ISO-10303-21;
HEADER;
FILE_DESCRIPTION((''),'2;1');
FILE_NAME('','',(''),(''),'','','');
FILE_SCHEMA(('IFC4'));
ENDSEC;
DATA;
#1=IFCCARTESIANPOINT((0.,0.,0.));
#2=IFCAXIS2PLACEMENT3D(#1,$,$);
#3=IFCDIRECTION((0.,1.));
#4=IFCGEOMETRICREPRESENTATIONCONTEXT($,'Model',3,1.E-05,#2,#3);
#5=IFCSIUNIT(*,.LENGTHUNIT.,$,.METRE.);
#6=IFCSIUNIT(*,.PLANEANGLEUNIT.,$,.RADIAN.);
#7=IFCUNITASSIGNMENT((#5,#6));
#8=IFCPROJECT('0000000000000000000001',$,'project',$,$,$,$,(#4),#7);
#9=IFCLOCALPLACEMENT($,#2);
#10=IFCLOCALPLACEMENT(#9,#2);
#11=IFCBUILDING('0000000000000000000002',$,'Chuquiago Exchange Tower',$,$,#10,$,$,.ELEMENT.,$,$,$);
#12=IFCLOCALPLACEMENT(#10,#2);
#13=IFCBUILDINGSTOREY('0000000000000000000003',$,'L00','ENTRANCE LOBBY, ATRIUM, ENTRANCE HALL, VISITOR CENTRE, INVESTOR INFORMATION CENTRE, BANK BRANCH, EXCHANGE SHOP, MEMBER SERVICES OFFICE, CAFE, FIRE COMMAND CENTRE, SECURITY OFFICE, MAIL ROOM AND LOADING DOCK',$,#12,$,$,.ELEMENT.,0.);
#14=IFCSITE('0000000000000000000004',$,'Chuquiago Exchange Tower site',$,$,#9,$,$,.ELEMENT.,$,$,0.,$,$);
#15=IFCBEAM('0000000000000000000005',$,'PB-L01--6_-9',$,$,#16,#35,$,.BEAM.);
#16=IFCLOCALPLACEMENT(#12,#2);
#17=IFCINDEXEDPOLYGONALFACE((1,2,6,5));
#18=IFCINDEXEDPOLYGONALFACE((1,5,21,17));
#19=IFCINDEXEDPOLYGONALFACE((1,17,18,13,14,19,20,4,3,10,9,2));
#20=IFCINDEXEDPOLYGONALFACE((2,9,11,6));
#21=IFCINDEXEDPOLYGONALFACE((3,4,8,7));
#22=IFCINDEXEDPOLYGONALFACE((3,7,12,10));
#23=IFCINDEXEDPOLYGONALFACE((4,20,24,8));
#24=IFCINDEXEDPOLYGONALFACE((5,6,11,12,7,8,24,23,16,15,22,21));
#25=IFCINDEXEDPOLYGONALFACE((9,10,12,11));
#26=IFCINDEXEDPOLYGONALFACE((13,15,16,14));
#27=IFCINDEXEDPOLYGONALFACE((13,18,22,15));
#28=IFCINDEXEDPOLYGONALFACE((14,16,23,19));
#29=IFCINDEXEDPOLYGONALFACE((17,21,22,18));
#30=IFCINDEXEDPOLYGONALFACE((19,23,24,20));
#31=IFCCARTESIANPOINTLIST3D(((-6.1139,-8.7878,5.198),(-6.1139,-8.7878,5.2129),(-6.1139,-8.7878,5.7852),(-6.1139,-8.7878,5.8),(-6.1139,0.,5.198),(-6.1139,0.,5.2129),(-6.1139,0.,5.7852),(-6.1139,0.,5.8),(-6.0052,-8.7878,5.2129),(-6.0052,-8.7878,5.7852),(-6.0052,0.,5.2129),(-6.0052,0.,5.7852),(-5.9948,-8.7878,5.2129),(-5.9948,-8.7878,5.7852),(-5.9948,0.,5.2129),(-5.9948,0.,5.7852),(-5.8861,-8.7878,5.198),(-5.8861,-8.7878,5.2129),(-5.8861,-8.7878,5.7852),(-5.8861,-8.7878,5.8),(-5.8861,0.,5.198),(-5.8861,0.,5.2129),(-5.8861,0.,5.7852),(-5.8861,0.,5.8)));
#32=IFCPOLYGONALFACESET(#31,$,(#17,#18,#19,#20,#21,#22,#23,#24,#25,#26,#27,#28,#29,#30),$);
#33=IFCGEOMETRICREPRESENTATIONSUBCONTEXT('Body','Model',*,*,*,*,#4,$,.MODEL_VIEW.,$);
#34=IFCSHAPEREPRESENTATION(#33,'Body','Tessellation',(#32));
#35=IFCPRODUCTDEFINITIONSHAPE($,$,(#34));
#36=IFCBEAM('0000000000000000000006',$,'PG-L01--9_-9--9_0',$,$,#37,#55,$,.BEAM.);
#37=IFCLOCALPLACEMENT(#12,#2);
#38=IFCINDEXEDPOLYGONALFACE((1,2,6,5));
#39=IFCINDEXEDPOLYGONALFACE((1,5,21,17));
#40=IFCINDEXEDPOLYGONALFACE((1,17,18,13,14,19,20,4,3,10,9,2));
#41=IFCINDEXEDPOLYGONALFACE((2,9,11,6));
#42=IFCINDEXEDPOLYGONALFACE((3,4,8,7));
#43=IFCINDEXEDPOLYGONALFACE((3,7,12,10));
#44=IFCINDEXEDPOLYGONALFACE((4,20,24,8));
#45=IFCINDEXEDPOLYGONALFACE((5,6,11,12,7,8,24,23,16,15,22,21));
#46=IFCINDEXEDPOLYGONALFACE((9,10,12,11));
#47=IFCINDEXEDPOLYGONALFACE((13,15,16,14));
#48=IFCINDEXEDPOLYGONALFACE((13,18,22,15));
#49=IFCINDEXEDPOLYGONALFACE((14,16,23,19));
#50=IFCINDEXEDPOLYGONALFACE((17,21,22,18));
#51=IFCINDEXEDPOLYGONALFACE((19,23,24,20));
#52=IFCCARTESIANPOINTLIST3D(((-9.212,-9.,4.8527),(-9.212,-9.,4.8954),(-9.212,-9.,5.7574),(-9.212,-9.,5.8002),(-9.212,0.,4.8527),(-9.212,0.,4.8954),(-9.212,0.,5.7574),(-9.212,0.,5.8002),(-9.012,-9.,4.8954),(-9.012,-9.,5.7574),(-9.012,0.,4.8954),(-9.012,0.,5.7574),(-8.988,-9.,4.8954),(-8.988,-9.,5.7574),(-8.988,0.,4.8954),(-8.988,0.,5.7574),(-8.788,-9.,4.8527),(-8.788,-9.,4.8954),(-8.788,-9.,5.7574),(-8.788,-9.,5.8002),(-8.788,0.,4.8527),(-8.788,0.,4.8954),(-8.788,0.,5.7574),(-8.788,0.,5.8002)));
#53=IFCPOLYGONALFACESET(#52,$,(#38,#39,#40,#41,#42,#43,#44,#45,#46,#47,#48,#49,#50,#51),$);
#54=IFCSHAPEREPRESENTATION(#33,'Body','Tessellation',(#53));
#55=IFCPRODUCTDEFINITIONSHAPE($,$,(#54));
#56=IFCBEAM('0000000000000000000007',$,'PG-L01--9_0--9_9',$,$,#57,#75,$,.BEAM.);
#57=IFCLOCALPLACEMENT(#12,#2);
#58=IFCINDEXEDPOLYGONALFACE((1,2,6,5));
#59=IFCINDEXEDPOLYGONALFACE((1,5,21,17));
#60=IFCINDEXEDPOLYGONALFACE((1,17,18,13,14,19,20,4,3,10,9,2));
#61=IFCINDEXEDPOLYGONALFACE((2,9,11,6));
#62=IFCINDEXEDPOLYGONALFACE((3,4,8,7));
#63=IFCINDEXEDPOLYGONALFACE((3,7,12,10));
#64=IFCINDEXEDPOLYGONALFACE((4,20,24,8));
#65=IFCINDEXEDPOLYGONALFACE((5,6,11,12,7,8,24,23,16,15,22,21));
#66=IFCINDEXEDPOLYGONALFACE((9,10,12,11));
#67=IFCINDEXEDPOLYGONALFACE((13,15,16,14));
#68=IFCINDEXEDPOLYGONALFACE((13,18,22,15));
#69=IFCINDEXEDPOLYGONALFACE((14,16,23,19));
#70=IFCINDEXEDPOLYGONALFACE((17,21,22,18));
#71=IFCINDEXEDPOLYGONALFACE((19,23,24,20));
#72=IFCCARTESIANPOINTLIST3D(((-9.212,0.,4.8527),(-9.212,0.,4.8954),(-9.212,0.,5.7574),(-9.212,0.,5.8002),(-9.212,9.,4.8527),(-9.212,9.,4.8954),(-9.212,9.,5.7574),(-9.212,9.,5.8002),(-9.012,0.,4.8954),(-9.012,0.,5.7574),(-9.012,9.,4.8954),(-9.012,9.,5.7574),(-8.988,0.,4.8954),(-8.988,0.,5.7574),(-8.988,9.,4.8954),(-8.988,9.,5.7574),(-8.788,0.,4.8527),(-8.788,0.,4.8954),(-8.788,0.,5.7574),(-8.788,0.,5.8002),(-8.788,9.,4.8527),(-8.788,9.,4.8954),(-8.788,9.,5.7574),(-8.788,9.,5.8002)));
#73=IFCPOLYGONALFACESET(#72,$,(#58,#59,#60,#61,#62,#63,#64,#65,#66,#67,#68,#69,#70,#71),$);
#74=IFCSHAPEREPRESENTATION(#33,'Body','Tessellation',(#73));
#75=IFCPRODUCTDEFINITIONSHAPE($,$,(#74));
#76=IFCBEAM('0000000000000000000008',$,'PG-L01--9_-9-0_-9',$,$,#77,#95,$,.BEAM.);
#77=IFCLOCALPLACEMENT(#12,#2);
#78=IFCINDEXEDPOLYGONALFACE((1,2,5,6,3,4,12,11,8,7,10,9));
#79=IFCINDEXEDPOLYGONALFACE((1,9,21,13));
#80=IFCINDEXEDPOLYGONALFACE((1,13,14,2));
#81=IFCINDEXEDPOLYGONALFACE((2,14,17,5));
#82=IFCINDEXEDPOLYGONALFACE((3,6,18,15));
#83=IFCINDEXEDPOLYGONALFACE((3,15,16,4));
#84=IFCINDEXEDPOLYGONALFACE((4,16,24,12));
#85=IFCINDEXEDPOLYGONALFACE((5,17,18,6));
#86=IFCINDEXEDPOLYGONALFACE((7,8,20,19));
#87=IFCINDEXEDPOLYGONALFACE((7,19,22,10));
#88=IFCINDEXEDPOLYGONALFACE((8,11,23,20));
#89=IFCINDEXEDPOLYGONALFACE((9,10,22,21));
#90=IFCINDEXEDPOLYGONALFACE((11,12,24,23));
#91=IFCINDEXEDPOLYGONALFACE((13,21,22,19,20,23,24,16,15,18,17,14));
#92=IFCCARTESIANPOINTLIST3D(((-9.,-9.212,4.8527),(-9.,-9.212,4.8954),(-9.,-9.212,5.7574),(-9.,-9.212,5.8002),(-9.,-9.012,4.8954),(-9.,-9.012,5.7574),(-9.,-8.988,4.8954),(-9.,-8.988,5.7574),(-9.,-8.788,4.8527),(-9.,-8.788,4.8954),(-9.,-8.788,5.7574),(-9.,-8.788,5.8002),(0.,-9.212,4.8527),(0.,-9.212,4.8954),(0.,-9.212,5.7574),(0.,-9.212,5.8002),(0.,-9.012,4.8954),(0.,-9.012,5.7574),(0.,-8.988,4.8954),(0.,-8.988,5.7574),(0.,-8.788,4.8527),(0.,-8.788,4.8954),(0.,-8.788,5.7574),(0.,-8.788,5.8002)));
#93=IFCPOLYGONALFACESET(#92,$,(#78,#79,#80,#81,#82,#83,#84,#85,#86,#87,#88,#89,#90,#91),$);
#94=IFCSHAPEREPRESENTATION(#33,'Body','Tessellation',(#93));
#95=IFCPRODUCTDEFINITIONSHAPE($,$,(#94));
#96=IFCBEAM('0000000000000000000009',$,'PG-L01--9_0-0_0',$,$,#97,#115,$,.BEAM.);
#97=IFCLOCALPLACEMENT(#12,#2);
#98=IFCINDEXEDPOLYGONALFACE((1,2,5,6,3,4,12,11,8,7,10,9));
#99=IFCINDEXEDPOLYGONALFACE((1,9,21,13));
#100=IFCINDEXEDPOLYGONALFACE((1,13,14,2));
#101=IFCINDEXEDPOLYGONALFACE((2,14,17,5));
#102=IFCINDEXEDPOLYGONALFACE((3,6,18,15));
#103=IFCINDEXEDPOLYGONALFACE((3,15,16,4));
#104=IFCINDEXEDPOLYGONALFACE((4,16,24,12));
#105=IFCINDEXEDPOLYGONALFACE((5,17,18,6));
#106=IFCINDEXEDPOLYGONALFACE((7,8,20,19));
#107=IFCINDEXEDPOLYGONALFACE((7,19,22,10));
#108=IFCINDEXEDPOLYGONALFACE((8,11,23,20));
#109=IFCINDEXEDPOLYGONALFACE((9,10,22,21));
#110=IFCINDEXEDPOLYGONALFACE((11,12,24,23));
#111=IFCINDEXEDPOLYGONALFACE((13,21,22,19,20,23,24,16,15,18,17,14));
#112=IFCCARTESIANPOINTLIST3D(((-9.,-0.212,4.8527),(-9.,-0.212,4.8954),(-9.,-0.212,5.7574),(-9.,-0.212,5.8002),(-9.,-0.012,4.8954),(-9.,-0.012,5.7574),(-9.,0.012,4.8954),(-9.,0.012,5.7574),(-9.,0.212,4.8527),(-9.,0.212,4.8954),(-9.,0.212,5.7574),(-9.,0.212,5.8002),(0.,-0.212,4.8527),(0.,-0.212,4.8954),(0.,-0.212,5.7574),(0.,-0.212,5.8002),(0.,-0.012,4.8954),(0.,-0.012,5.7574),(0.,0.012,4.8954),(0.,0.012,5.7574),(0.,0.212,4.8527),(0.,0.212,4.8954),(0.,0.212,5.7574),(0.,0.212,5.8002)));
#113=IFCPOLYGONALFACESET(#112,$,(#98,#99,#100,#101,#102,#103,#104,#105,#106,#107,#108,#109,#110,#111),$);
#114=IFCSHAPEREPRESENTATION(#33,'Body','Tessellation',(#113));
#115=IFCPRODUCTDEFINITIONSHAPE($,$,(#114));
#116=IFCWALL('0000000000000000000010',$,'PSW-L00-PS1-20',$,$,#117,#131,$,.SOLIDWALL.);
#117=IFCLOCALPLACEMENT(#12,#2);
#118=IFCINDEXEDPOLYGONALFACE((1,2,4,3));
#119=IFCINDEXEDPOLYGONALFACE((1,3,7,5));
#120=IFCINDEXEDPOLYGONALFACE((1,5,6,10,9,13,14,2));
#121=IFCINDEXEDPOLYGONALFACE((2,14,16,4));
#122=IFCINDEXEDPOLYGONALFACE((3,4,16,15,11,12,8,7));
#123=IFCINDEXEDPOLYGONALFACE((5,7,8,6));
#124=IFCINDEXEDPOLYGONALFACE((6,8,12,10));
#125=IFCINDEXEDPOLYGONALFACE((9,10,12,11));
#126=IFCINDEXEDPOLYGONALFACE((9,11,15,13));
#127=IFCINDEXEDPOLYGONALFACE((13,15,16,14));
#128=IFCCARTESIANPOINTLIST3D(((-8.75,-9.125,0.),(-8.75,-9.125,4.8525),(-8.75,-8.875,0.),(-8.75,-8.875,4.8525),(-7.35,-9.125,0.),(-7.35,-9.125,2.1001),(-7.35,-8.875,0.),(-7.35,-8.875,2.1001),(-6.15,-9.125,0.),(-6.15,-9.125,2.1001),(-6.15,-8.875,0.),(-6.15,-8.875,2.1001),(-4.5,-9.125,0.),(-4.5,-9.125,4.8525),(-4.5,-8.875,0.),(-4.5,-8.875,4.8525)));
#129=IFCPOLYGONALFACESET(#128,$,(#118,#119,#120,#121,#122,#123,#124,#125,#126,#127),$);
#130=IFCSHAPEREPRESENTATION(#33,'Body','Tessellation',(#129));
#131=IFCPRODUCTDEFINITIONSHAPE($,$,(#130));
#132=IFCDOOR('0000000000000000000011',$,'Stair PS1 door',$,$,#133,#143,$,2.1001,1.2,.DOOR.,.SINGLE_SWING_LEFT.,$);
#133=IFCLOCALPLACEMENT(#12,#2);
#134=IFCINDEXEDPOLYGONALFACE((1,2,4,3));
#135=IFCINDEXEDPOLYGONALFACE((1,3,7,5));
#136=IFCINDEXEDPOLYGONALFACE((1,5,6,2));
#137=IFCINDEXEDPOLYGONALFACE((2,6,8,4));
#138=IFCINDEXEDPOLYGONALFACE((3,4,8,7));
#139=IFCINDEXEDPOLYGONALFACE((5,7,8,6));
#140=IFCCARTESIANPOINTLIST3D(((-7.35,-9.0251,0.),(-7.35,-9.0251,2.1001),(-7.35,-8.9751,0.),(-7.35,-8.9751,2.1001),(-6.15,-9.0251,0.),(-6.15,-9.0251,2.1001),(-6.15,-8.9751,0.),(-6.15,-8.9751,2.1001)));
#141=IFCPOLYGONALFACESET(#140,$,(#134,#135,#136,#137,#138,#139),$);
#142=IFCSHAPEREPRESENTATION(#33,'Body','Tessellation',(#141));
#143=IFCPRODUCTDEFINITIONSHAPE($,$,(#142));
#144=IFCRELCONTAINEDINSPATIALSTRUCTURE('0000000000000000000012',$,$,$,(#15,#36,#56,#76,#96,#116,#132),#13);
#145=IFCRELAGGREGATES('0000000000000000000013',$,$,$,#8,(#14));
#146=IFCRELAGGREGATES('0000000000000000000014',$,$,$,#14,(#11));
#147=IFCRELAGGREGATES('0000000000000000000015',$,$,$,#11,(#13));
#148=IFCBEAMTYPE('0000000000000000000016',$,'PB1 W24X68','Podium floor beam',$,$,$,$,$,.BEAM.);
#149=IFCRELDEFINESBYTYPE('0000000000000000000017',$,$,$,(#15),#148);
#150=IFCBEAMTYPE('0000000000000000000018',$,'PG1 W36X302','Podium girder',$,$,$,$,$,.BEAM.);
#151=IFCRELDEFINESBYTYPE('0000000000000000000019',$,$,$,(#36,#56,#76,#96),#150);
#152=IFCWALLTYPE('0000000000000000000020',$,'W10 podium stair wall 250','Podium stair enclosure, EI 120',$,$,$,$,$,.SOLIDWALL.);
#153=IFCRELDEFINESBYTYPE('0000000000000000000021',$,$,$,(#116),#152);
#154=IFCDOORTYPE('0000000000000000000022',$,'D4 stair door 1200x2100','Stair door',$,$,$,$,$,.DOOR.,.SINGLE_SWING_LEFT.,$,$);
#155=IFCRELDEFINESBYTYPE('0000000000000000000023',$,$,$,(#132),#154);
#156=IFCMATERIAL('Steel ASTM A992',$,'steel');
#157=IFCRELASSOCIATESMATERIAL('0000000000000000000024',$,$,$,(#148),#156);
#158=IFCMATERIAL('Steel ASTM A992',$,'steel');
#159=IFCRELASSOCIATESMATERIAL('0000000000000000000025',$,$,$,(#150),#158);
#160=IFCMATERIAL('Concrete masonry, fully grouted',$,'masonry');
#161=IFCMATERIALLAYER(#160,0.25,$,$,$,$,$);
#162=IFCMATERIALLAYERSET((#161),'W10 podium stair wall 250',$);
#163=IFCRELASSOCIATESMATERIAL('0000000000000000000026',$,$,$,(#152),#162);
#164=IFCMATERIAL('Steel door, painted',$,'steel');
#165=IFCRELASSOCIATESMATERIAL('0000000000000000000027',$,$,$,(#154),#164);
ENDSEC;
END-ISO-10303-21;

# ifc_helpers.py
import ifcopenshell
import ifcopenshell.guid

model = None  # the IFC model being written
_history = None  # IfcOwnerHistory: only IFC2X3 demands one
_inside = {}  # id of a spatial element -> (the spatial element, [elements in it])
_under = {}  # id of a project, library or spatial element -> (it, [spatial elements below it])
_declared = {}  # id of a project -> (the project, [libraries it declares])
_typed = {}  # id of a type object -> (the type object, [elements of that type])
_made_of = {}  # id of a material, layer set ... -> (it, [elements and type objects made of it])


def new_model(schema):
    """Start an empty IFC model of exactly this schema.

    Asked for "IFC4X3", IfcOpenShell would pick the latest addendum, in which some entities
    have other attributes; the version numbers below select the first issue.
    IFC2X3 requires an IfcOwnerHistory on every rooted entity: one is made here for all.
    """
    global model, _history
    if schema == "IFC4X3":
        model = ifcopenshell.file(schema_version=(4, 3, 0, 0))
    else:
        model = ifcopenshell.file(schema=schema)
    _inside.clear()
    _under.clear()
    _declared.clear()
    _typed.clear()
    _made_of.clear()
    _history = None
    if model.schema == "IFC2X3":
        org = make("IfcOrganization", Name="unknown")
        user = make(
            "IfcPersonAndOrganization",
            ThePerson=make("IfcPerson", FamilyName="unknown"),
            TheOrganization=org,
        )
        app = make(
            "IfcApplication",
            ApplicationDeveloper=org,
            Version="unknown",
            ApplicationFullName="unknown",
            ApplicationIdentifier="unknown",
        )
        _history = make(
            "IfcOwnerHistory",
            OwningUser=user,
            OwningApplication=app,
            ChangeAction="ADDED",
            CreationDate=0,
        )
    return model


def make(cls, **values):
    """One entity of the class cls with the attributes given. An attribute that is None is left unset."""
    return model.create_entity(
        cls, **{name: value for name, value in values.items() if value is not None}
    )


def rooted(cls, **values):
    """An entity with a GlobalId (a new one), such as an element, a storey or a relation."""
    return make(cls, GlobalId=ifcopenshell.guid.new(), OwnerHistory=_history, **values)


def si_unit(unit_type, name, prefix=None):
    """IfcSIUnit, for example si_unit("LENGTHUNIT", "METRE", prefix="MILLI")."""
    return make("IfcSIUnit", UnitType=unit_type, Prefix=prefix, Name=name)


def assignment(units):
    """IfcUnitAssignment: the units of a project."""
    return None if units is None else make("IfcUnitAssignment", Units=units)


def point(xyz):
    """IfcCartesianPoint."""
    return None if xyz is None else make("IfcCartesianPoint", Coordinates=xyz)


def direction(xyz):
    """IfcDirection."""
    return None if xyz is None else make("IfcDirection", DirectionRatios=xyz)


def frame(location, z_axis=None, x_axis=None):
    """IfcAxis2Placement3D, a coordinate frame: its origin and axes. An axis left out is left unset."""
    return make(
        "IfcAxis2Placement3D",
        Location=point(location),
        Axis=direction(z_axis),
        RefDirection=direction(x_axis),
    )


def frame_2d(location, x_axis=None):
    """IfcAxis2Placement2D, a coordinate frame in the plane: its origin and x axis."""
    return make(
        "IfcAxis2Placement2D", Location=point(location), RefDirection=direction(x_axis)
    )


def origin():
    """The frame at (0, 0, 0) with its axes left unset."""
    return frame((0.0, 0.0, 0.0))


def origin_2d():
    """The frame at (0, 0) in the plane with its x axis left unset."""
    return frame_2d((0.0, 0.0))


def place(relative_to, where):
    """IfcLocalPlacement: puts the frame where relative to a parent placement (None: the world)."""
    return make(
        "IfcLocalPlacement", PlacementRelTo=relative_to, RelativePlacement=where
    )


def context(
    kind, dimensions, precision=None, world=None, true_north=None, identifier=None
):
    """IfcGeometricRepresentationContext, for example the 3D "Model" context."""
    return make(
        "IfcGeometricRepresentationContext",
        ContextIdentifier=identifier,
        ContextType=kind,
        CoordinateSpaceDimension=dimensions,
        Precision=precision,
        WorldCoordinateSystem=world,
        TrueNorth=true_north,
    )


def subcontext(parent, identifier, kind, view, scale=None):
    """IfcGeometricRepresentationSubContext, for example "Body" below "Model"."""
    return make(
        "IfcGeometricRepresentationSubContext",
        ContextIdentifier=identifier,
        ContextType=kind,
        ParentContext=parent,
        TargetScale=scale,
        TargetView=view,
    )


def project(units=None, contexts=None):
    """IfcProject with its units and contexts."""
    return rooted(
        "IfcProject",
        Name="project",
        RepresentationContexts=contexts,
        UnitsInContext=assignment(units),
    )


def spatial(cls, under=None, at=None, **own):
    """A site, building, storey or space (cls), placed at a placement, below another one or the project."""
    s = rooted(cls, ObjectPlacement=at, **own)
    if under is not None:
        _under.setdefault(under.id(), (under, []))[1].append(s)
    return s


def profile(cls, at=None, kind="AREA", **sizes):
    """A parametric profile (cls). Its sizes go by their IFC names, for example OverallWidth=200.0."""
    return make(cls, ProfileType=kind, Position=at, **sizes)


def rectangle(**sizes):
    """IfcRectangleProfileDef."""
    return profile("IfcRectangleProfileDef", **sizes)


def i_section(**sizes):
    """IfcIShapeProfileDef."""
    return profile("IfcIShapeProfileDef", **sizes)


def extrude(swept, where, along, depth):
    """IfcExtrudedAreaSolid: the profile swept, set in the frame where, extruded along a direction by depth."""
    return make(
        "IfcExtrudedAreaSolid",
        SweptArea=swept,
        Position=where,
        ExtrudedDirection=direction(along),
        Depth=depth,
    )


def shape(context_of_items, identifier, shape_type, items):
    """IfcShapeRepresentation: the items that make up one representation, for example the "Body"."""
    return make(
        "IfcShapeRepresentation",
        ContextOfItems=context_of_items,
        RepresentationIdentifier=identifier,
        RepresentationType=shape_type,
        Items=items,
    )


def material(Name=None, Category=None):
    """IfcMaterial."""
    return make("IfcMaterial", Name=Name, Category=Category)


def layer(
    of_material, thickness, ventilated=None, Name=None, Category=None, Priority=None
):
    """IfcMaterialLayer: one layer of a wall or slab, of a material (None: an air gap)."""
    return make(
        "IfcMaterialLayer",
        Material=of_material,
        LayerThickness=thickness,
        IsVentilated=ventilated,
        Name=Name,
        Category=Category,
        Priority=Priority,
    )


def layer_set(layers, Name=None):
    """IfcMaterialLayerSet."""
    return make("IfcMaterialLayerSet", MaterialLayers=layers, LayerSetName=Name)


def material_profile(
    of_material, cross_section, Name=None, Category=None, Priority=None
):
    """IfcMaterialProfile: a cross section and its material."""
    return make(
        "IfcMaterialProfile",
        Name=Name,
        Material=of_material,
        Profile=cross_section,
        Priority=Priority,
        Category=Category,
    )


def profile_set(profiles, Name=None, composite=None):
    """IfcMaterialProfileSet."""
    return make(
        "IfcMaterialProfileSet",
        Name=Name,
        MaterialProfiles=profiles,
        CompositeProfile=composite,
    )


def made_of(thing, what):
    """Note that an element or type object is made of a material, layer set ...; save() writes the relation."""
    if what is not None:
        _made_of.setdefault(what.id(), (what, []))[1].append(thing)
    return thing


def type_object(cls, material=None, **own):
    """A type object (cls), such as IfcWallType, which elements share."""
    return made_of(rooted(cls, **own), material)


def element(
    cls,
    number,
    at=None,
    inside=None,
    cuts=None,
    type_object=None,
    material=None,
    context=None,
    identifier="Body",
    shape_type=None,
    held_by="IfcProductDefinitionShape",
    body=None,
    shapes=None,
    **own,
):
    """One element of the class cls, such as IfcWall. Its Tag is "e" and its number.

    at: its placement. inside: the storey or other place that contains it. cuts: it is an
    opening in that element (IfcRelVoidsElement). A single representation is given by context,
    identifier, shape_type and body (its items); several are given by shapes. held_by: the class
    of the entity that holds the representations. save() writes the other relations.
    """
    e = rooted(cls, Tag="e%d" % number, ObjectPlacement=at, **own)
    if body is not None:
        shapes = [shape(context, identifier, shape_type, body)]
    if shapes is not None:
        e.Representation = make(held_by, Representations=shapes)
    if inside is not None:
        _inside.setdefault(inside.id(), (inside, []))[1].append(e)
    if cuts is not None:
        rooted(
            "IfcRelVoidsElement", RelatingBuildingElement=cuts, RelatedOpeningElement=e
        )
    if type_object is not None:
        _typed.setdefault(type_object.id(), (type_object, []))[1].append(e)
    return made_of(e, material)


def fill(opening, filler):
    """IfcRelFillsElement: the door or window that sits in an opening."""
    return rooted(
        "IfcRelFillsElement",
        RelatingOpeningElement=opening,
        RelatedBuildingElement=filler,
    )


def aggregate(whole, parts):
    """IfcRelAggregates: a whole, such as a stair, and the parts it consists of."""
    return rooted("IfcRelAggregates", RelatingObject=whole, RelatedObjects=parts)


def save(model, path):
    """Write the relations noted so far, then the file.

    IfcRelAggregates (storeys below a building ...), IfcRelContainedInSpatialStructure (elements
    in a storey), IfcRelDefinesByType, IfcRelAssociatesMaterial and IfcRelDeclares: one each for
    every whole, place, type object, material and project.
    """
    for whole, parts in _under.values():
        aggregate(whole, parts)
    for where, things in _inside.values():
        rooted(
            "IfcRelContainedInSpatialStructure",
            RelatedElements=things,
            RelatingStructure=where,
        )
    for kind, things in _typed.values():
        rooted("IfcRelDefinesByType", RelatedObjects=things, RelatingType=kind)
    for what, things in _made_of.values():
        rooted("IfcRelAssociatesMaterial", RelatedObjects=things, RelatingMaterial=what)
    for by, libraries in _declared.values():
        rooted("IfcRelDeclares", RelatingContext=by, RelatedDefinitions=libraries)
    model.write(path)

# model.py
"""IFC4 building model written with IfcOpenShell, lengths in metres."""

from ifc_helpers import new_model, si_unit, direction, frame, frame_2d, origin, origin_2d, place, context, subcontext, project, spatial, rectangle, i_section, extrude, material, layer, layer_set, material_profile, profile_set, type_object, element, fill, save


model = new_model("IFC4")

# Units and contexts
model_context = context("Model", 3, precision=1e-05, world=origin(), true_north=direction((0.0, 1.0)))
body_context = subcontext(model_context, "Body", "Model", "MODEL_VIEW")
ifc_project = project(units=[si_unit("LENGTHUNIT", "METRE"), si_unit("PLANEANGLEUNIT", "RADIAN")], contexts=[model_context])

# Site, building, storey
site_placement = place(None, origin())
site = spatial("IfcSite", under=ifc_project, at=site_placement, Name="Chuquiago Exchange Tower site", CompositionType="ELEMENT", RefElevation=0.0)
building_placement = place(site_placement, origin())
building = spatial("IfcBuilding", under=site, at=building_placement, Name="Chuquiago Exchange Tower", CompositionType="ELEMENT")
storey_placement = place(building_placement, origin())
storey = spatial("IfcBuildingStorey", under=building, at=storey_placement, Name="L00", Description="ENTRANCE LOBBY, ATRIUM, ENTRANCE HALL, VISITOR CENTRE, INVESTOR INFORMATION CENTRE, BANK BRANCH, EXCHANGE SHOP, MEMBER SERVICES OFFICE, CAFE, FIRE COMMAND CENTRE, SECURITY OFFICE, MAIL ROOM AND LOADING DOCK", CompositionType="ELEMENT", Elevation=0.0)

# Beams
ifc_material_1 = material(Name="Steel ASTM A992", Category="steel")
ifc_material_profile_1 = material_profile(ifc_material_1, i_section(OverallWidth=0.2278, OverallDepth=0.6021, WebThickness=0.0105, FlangeThickness=0.0149, at=origin_2d()), Name="W24X68")
ifc_profile_set_1 = profile_set([ifc_material_profile_1], Name="Steel ASTM A992")
beam_type_1 = type_object("IfcBeamType", Name="PB1 W24X68", Description="Podium floor beam", PredefinedType="BEAM", material=ifc_profile_set_1)
beam_1_placement = place(storey_placement, frame((-6.0, -8.7878, 5.499), z_axis=(0.0, 1.0, 0.0), x_axis=(-1.0, 0.0, 0.0)))
element("IfcBeam", 1, at=beam_1_placement, inside=storey, type_object=beam_type_1, Name="PB-L01--6_-9", PredefinedType="BEAM", context=body_context, shape_type="SweptSolid", body=[
    extrude(i_section(OverallWidth=0.2278, OverallDepth=0.6021, WebThickness=0.0105, FlangeThickness=0.0149, at=origin_2d()), origin(), (0.0, 0.0, 1.0), 8.7878),
])
ifc_material_2 = material(Name="Steel ASTM A992", Category="steel")
ifc_material_profile_2 = material_profile(ifc_material_2, i_section(OverallWidth=0.4241, OverallDepth=0.9475, WebThickness=0.0239, FlangeThickness=0.0427, at=origin_2d()), Name="W36X302")
ifc_profile_set_2 = profile_set([ifc_material_profile_2], Name="Steel ASTM A992")
beam_type_2 = type_object("IfcBeamType", Name="PG1 W36X302", Description="Podium girder", PredefinedType="BEAM", material=ifc_profile_set_2)
for number, where, z_axis, x_axis, name in (
    (2, (-9.0, -9.0, 5.3264), (0.0, 1.0, 0.0), (-1.0, 0.0, 0.0), "PG-L01--9_-9--9_0"),
    (3, (-9.0, 0.0, 5.3264), (0.0, 1.0, 0.0), (-1.0, 0.0, 0.0), "PG-L01--9_0--9_9"),
    (4, (-9.0, -9.0, 5.3264), (1.0, 0.0, 0.0), (0.0, 1.0, 0.0), "PG-L01--9_-9-0_-9"),
    (5, (-9.0, 0.0, 5.3264), (1.0, 0.0, 0.0), (0.0, 1.0, 0.0), "PG-L01--9_0-0_0"),
):
    element("IfcBeam", number, at=place(storey_placement, frame(where, z_axis=z_axis, x_axis=x_axis)), inside=storey, type_object=beam_type_2, Name=name, PredefinedType="BEAM", context=body_context, shape_type="SweptSolid", body=[
        extrude(i_section(OverallWidth=0.4241, OverallDepth=0.9475, WebThickness=0.0239, FlangeThickness=0.0427, at=origin_2d()), origin(), (0.0, 0.0, 1.0), 9.0),
    ])

# Wall, opening, door
ifc_material_3 = material(Name="Concrete masonry, fully grouted", Category="masonry")
ifc_layer = layer(ifc_material_3, 0.25)
ifc_layer_set = layer_set([ifc_layer], Name="W10 podium stair wall 250")
wall_type = type_object("IfcWallType", Name="W10 podium stair wall 250", Description="Podium stair enclosure, EI 120", PredefinedType="SOLIDWALL", material=ifc_layer_set)
wall_placement = place(storey_placement, frame((-8.75, -9.0, 0.0), z_axis=(0.0, 0.0, 1.0), x_axis=(1.0, 0.0, 0.0)))
wall = element("IfcWall", 6, at=wall_placement, inside=storey, type_object=wall_type, Name="PSW-L00-PS1-20", PredefinedType="SOLIDWALL", context=body_context, shape_type="SweptSolid", body=[
    extrude(rectangle(XDim=4.25, YDim=0.25, at=frame_2d((2.125, 0.0))), origin(), (0.0, 0.0, 1.0), 4.8525),
])
opening_placement = place(wall_placement, frame((1.3999, 0.0, 0.0)))
opening = element("IfcOpeningElement", 7, at=opening_placement, cuts=wall, PredefinedType="OPENING", context=body_context, shape_type="SweptSolid", body=[
    extrude(rectangle(XDim=1.2, YDim=2.1001, at=frame_2d((0.6001, 1.05))), frame((0.0, 0.135, 0.0), z_axis=(0.0, -1.0, 0.0), x_axis=(1.0, 0.0, 0.0)), (0.0, 0.0, 1.0), 0.27),
])
ifc_material_4 = material(Name="Steel door, painted", Category="steel")
door_type = type_object("IfcDoorType", Name="D4 stair door 1200x2100", Description="Stair door", OperationType="SINGLE_SWING_LEFT", PredefinedType="DOOR", material=ifc_material_4)
door_placement = place(opening_placement, origin())
door = element("IfcDoor", 8, at=door_placement, inside=storey, type_object=door_type, Name="Stair PS1 door", OperationType="SINGLE_SWING_LEFT", OverallHeight=2.1001, OverallWidth=1.2, PredefinedType="DOOR", context=body_context, shape_type="SweptSolid", body=[
    extrude(rectangle(XDim=1.2, YDim=2.1001, at=frame_2d((0.6001, 1.05))), frame((0.0, 0.0249, 0.0), z_axis=(0.0, -1.0, 0.0), x_axis=(1.0, 0.0, 0.0)), (0.0, 0.0, 1.0), 0.05),
])
fill(opening, door)

save(model, "model.ifc")
